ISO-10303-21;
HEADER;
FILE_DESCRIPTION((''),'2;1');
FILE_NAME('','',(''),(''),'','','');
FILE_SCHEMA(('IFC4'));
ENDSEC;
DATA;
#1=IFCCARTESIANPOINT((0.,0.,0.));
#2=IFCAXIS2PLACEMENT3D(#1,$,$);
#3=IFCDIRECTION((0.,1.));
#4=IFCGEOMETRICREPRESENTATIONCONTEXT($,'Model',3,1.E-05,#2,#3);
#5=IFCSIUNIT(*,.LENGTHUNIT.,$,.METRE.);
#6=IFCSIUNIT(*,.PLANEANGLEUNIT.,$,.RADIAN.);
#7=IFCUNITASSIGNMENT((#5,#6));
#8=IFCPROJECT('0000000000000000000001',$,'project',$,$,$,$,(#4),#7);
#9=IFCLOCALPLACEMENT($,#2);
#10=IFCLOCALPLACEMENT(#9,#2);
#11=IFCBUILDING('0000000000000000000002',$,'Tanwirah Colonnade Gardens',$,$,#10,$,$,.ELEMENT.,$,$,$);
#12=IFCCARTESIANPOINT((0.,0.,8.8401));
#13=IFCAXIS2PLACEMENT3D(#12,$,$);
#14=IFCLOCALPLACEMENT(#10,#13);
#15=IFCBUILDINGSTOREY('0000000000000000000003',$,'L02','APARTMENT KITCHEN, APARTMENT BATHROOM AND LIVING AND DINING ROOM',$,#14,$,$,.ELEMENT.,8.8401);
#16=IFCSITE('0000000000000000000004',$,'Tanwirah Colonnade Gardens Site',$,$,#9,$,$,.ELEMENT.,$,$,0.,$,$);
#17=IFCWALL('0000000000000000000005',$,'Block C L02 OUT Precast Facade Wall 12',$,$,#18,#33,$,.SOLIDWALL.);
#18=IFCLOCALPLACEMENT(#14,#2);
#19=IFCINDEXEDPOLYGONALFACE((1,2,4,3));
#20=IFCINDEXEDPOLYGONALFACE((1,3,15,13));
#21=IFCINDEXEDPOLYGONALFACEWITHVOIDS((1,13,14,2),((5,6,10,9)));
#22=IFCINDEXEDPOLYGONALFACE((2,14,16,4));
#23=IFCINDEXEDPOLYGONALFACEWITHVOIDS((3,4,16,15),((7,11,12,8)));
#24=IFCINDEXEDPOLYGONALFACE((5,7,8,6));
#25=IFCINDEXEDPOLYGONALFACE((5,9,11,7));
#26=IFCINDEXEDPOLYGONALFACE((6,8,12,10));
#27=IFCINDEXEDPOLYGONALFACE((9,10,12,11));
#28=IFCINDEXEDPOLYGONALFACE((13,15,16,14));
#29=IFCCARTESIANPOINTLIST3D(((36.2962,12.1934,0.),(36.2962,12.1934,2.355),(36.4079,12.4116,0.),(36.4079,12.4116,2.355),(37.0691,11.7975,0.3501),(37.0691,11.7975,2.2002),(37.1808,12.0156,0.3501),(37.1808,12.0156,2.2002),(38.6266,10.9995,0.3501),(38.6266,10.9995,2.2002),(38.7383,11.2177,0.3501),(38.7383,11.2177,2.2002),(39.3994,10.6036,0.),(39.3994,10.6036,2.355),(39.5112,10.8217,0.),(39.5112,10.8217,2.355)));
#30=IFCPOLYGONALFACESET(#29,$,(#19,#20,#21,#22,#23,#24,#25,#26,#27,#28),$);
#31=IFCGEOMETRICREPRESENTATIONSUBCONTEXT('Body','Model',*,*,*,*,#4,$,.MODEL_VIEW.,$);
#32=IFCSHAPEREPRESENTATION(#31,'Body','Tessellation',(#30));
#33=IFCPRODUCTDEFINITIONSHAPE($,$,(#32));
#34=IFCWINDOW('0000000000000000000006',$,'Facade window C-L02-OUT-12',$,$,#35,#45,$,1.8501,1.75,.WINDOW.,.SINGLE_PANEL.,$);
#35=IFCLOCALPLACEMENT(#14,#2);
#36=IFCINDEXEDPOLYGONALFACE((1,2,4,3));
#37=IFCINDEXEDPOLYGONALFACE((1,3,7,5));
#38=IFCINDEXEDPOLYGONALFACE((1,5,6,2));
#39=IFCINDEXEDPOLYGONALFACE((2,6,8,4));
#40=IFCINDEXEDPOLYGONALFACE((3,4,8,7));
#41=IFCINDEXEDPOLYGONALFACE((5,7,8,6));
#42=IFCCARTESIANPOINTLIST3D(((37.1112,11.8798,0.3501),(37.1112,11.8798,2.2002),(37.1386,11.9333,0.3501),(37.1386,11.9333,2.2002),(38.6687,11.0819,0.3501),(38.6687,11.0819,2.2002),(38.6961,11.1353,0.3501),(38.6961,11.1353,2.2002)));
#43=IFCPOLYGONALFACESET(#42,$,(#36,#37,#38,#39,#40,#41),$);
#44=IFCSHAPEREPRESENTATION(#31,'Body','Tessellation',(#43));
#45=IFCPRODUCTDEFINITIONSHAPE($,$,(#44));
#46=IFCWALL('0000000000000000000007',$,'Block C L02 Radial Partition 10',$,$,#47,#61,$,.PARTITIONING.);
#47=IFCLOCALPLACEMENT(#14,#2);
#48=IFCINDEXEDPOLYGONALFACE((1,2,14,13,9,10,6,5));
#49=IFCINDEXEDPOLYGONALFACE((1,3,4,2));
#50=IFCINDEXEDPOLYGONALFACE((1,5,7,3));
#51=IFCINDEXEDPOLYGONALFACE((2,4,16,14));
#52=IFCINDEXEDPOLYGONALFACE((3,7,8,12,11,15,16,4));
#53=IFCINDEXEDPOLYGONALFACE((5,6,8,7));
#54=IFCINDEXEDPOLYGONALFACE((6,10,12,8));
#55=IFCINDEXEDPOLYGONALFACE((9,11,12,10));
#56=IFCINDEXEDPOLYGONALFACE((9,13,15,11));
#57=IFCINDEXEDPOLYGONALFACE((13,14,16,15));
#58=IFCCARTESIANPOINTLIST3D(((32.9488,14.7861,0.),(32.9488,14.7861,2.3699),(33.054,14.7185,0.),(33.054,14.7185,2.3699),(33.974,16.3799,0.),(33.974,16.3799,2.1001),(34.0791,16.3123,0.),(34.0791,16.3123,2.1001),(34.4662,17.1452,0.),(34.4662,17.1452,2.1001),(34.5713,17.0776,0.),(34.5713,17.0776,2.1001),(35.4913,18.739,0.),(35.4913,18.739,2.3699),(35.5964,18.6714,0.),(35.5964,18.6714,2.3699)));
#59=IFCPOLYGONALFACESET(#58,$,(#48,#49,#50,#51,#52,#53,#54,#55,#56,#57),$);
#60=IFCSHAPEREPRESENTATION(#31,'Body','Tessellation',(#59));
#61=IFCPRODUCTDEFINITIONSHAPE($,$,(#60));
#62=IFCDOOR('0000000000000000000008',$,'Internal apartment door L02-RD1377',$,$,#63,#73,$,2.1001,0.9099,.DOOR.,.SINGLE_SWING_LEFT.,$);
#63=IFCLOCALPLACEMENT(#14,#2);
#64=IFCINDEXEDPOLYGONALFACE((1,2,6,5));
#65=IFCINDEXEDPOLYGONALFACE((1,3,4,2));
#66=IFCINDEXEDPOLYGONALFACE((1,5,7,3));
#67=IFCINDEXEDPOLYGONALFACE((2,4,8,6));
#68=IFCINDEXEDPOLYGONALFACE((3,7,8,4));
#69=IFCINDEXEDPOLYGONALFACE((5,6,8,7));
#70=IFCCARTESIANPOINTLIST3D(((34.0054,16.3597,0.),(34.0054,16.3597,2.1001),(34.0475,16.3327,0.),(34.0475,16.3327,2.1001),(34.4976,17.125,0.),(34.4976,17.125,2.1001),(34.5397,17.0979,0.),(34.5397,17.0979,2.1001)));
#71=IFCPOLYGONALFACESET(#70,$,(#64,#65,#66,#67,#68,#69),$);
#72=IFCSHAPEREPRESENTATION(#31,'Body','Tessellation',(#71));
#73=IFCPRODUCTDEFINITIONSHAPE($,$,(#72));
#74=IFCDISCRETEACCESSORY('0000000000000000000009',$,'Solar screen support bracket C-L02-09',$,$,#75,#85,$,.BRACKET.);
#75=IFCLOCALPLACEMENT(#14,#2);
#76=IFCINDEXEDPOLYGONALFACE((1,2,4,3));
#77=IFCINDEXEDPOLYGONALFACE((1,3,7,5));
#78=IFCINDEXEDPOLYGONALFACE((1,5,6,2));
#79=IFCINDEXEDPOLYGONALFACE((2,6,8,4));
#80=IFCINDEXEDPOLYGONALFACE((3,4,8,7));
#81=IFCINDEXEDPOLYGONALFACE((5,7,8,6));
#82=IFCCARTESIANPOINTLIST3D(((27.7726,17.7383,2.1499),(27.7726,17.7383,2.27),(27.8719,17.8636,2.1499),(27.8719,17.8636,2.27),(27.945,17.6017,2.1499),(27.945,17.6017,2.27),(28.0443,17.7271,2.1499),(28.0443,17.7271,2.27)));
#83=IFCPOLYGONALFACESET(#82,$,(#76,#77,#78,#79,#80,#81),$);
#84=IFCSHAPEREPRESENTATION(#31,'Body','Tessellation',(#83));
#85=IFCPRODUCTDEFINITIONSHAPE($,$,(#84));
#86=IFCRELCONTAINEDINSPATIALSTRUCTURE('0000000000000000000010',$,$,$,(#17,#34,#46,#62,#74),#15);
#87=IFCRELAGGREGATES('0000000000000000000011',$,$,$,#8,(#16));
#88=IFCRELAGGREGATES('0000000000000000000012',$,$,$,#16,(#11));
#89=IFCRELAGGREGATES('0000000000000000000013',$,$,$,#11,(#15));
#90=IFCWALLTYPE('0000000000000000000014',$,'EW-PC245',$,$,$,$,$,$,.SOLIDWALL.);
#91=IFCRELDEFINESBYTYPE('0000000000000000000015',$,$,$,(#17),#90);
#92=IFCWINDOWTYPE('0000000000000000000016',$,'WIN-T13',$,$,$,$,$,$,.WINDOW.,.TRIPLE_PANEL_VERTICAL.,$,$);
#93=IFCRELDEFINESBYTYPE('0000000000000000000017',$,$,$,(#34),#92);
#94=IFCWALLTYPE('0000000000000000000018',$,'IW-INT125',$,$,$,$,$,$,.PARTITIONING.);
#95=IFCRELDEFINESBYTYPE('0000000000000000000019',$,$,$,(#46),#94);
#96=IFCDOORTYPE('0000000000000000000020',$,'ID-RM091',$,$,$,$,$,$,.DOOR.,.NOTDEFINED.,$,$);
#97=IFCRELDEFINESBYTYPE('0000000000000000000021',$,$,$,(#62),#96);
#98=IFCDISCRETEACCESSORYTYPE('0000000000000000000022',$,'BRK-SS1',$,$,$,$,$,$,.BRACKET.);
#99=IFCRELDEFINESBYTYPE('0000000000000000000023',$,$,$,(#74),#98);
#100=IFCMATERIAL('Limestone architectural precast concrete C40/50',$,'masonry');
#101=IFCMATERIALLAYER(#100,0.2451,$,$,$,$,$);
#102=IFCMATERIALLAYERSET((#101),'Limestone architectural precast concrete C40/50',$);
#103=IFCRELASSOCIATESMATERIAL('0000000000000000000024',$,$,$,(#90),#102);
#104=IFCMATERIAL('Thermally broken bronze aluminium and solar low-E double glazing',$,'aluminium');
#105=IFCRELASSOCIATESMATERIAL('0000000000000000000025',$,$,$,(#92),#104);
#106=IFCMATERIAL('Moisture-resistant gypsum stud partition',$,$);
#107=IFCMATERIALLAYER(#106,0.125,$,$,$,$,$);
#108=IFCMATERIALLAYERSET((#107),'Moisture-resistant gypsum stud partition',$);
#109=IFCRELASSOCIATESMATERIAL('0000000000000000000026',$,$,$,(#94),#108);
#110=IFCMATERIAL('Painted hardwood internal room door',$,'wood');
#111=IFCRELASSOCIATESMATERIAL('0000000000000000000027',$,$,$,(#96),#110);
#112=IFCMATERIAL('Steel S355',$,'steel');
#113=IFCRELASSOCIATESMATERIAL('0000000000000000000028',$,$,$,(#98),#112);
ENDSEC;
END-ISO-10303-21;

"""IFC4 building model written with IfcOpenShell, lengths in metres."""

from ifc_helpers import new_model, si_unit, direction, frame, frame_2d, origin, origin_2d, place, context, subcontext, project, spatial, rectangle, extrude, material, layer, layer_set, type_object, element, fill, save


model = new_model("IFC4")

# Units and contexts
model_context = context("Model", 3, precision=1e-05, world=origin(), true_north=direction((0.0, 1.0)))
body_context = subcontext(model_context, "Body", "Model", "MODEL_VIEW")
ifc_project = project(units=[si_unit("LENGTHUNIT", "METRE"), si_unit("PLANEANGLEUNIT", "RADIAN")], contexts=[model_context])

# Site, building, storey
site_placement = place(None, origin())
site = spatial("IfcSite", under=ifc_project, at=site_placement, Name="Tanwirah Colonnade Gardens Site", CompositionType="ELEMENT", RefElevation=0.0)
building_placement = place(site_placement, origin())
building = spatial("IfcBuilding", under=site, at=building_placement, Name="Tanwirah Colonnade Gardens", CompositionType="ELEMENT")
storey_placement = place(building_placement, frame((0.0, 0.0, 8.8401)))
storey = spatial("IfcBuildingStorey", under=building, at=storey_placement, Name="L02", Description="APARTMENT KITCHEN, APARTMENT BATHROOM AND LIVING AND DINING ROOM", CompositionType="ELEMENT", Elevation=8.8401)

# Shared definitions
ifc_material_1 = material(Name="Limestone architectural precast concrete C40/50", Category="masonry")
ifc_layer_1 = layer(ifc_material_1, 0.2451)
ifc_layer_set_1 = layer_set([ifc_layer_1], Name="Limestone architectural precast concrete C40/50")
wall_type_1 = type_object("IfcWallType", Name="EW-PC245", PredefinedType="SOLIDWALL", material=ifc_layer_set_1)

# Wall, opening, window
ifc_material_2 = material(Name="Thermally broken bronze aluminium and solar low-E double glazing", Category="aluminium")
wall_1_placement = place(storey_placement, frame((36.3521, 12.3025, 0.0), z_axis=(0.0, 0.0, 1.0), x_axis=(0.890001, -0.455958, 0.0)))
wall_1 = element("IfcWall", 1, at=wall_1_placement, inside=storey, type_object=wall_type_1, Name="Block C L02 OUT Precast Facade Wall 12", PredefinedType="SOLIDWALL", context=body_context, shape_type="SweptSolid", body=[
    extrude(rectangle(XDim=3.4868, YDim=0.2451, at=frame_2d((1.7434, 0.0))), origin(), (0.0, 0.0, 1.0), 2.355),
])
opening_1_placement = place(wall_1_placement, frame((0.8684, 0.0, 0.3501)))
opening_1 = element("IfcOpeningElement", 2, at=opening_1_placement, cuts=wall_1, PredefinedType="OPENING", context=body_context, shape_type="SweptSolid", body=[
    extrude(rectangle(XDim=1.75, YDim=1.8501, at=frame_2d((0.875, 0.925))), frame((0.0, 0.1326, 0.0), z_axis=(0.0, -1.0, 0.0), x_axis=(1.0, 0.0, 0.0)), (0.0, 0.0, 1.0), 0.2651),
])
window_type_1 = type_object("IfcWindowType", Name="WIN-T13", PartitioningType="TRIPLE_PANEL_VERTICAL", PredefinedType="WINDOW", material=ifc_material_2)
window_1_placement = place(opening_1_placement, origin())
window_1 = element("IfcWindow", 3, at=window_1_placement, inside=storey, type_object=window_type_1, Name="Facade window C-L02-OUT-12", OverallHeight=1.8501, OverallWidth=1.75, PartitioningType="SINGLE_PANEL", PredefinedType="WINDOW", context=body_context, shape_type="SweptSolid", body=[
    extrude(rectangle(XDim=1.75, YDim=1.8501, at=frame_2d((0.875, 0.925))), frame((0.0, 0.03, 0.0), z_axis=(0.0, -1.0, 0.0), x_axis=(1.0, 0.0, 0.0)), (0.0, 0.0, 1.0), 0.0601),
])
fill(opening_1, window_1)

# Wall, opening, door
ifc_material_3 = material(Name="Moisture-resistant gypsum stud partition")
ifc_layer_2 = layer(ifc_material_3, 0.125)
ifc_layer_set_2 = layer_set([ifc_layer_2], Name="Moisture-resistant gypsum stud partition")
wall_type_2 = type_object("IfcWallType", Name="IW-INT125", PredefinedType="PARTITIONING", material=ifc_layer_set_2)
wall_2_placement = place(storey_placement, frame((35.5439, 18.7053, 0.0), z_axis=(0.0, 0.0, 1.0), x_axis=(-0.54096, -0.841048, 0.0)))
wall_2 = element("IfcWall", 4, at=wall_2_placement, inside=storey, type_object=wall_type_2, Name="Block C L02 Radial Partition 10", PredefinedType="PARTITIONING", context=body_context, shape_type="SweptSolid", body=[
    extrude(rectangle(XDim=4.7, YDim=0.125, at=frame_2d((2.3501, 0.0))), origin(), (0.0, 0.0, 1.0), 2.3699),
])
opening_2_placement = place(wall_2_placement, frame((1.895, 0.0, 0.0)))
opening_2 = element("IfcOpeningElement", 5, at=opening_2_placement, cuts=wall_2, PredefinedType="OPENING", context=body_context, shape_type="SweptSolid", body=[
    extrude(rectangle(XDim=0.9099, YDim=2.1001, at=frame_2d((0.4551, 1.05))), frame((0.0, 0.0725, 0.0), z_axis=(0.0, -1.0, 0.0), x_axis=(1.0, 0.0, 0.0)), (0.0, 0.0, 1.0), 0.145),
])
ifc_material_4 = material(Name="Painted hardwood internal room door", Category="wood")
door_type_1 = type_object("IfcDoorType", Name="ID-RM091", OperationType="NOTDEFINED", PredefinedType="DOOR", material=ifc_material_4)
door_1_placement = place(opening_2_placement, origin())
door_1 = element("IfcDoor", 6, at=door_1_placement, inside=storey, type_object=door_type_1, Name="Internal apartment door L02-RD1377", OperationType="SINGLE_SWING_LEFT", OverallHeight=2.1001, OverallWidth=0.9099, PredefinedType="DOOR", context=body_context, shape_type="SweptSolid", body=[
    extrude(rectangle(XDim=0.9099, YDim=2.1001, at=frame_2d((0.4551, 1.05))), frame((0.0, 0.0249, 0.0), z_axis=(0.0, -1.0, 0.0), x_axis=(1.0, 0.0, 0.0)), (0.0, 0.0, 1.0), 0.05),
])
fill(opening_2, door_1)

# Discrete accessory
ifc_material_5 = material(Name="Steel S355", Category="steel")
discrete_accessory_type = type_object("IfcDiscreteAccessoryType", Name="BRK-SS1", PredefinedType="BRACKET", material=ifc_material_5)
discrete_accessory_placement = place(storey_placement, frame((27.9084, 17.7327, 2.1499), z_axis=(0.0, 0.0, 1.0), x_axis=(0.783965, -0.620805, 0.0)))
element("IfcDiscreteAccessory", 7, at=discrete_accessory_placement, inside=storey, type_object=discrete_accessory_type, Name="Solar screen support bracket C-L02-09", PredefinedType="BRACKET", context=body_context, shape_type="SweptSolid", body=[
    extrude(rectangle(XDim=0.22, YDim=0.1599, at=origin_2d()), origin(), (0.0, 0.0, 1.0), 0.1201),
])

save(model, "model.ifc")
